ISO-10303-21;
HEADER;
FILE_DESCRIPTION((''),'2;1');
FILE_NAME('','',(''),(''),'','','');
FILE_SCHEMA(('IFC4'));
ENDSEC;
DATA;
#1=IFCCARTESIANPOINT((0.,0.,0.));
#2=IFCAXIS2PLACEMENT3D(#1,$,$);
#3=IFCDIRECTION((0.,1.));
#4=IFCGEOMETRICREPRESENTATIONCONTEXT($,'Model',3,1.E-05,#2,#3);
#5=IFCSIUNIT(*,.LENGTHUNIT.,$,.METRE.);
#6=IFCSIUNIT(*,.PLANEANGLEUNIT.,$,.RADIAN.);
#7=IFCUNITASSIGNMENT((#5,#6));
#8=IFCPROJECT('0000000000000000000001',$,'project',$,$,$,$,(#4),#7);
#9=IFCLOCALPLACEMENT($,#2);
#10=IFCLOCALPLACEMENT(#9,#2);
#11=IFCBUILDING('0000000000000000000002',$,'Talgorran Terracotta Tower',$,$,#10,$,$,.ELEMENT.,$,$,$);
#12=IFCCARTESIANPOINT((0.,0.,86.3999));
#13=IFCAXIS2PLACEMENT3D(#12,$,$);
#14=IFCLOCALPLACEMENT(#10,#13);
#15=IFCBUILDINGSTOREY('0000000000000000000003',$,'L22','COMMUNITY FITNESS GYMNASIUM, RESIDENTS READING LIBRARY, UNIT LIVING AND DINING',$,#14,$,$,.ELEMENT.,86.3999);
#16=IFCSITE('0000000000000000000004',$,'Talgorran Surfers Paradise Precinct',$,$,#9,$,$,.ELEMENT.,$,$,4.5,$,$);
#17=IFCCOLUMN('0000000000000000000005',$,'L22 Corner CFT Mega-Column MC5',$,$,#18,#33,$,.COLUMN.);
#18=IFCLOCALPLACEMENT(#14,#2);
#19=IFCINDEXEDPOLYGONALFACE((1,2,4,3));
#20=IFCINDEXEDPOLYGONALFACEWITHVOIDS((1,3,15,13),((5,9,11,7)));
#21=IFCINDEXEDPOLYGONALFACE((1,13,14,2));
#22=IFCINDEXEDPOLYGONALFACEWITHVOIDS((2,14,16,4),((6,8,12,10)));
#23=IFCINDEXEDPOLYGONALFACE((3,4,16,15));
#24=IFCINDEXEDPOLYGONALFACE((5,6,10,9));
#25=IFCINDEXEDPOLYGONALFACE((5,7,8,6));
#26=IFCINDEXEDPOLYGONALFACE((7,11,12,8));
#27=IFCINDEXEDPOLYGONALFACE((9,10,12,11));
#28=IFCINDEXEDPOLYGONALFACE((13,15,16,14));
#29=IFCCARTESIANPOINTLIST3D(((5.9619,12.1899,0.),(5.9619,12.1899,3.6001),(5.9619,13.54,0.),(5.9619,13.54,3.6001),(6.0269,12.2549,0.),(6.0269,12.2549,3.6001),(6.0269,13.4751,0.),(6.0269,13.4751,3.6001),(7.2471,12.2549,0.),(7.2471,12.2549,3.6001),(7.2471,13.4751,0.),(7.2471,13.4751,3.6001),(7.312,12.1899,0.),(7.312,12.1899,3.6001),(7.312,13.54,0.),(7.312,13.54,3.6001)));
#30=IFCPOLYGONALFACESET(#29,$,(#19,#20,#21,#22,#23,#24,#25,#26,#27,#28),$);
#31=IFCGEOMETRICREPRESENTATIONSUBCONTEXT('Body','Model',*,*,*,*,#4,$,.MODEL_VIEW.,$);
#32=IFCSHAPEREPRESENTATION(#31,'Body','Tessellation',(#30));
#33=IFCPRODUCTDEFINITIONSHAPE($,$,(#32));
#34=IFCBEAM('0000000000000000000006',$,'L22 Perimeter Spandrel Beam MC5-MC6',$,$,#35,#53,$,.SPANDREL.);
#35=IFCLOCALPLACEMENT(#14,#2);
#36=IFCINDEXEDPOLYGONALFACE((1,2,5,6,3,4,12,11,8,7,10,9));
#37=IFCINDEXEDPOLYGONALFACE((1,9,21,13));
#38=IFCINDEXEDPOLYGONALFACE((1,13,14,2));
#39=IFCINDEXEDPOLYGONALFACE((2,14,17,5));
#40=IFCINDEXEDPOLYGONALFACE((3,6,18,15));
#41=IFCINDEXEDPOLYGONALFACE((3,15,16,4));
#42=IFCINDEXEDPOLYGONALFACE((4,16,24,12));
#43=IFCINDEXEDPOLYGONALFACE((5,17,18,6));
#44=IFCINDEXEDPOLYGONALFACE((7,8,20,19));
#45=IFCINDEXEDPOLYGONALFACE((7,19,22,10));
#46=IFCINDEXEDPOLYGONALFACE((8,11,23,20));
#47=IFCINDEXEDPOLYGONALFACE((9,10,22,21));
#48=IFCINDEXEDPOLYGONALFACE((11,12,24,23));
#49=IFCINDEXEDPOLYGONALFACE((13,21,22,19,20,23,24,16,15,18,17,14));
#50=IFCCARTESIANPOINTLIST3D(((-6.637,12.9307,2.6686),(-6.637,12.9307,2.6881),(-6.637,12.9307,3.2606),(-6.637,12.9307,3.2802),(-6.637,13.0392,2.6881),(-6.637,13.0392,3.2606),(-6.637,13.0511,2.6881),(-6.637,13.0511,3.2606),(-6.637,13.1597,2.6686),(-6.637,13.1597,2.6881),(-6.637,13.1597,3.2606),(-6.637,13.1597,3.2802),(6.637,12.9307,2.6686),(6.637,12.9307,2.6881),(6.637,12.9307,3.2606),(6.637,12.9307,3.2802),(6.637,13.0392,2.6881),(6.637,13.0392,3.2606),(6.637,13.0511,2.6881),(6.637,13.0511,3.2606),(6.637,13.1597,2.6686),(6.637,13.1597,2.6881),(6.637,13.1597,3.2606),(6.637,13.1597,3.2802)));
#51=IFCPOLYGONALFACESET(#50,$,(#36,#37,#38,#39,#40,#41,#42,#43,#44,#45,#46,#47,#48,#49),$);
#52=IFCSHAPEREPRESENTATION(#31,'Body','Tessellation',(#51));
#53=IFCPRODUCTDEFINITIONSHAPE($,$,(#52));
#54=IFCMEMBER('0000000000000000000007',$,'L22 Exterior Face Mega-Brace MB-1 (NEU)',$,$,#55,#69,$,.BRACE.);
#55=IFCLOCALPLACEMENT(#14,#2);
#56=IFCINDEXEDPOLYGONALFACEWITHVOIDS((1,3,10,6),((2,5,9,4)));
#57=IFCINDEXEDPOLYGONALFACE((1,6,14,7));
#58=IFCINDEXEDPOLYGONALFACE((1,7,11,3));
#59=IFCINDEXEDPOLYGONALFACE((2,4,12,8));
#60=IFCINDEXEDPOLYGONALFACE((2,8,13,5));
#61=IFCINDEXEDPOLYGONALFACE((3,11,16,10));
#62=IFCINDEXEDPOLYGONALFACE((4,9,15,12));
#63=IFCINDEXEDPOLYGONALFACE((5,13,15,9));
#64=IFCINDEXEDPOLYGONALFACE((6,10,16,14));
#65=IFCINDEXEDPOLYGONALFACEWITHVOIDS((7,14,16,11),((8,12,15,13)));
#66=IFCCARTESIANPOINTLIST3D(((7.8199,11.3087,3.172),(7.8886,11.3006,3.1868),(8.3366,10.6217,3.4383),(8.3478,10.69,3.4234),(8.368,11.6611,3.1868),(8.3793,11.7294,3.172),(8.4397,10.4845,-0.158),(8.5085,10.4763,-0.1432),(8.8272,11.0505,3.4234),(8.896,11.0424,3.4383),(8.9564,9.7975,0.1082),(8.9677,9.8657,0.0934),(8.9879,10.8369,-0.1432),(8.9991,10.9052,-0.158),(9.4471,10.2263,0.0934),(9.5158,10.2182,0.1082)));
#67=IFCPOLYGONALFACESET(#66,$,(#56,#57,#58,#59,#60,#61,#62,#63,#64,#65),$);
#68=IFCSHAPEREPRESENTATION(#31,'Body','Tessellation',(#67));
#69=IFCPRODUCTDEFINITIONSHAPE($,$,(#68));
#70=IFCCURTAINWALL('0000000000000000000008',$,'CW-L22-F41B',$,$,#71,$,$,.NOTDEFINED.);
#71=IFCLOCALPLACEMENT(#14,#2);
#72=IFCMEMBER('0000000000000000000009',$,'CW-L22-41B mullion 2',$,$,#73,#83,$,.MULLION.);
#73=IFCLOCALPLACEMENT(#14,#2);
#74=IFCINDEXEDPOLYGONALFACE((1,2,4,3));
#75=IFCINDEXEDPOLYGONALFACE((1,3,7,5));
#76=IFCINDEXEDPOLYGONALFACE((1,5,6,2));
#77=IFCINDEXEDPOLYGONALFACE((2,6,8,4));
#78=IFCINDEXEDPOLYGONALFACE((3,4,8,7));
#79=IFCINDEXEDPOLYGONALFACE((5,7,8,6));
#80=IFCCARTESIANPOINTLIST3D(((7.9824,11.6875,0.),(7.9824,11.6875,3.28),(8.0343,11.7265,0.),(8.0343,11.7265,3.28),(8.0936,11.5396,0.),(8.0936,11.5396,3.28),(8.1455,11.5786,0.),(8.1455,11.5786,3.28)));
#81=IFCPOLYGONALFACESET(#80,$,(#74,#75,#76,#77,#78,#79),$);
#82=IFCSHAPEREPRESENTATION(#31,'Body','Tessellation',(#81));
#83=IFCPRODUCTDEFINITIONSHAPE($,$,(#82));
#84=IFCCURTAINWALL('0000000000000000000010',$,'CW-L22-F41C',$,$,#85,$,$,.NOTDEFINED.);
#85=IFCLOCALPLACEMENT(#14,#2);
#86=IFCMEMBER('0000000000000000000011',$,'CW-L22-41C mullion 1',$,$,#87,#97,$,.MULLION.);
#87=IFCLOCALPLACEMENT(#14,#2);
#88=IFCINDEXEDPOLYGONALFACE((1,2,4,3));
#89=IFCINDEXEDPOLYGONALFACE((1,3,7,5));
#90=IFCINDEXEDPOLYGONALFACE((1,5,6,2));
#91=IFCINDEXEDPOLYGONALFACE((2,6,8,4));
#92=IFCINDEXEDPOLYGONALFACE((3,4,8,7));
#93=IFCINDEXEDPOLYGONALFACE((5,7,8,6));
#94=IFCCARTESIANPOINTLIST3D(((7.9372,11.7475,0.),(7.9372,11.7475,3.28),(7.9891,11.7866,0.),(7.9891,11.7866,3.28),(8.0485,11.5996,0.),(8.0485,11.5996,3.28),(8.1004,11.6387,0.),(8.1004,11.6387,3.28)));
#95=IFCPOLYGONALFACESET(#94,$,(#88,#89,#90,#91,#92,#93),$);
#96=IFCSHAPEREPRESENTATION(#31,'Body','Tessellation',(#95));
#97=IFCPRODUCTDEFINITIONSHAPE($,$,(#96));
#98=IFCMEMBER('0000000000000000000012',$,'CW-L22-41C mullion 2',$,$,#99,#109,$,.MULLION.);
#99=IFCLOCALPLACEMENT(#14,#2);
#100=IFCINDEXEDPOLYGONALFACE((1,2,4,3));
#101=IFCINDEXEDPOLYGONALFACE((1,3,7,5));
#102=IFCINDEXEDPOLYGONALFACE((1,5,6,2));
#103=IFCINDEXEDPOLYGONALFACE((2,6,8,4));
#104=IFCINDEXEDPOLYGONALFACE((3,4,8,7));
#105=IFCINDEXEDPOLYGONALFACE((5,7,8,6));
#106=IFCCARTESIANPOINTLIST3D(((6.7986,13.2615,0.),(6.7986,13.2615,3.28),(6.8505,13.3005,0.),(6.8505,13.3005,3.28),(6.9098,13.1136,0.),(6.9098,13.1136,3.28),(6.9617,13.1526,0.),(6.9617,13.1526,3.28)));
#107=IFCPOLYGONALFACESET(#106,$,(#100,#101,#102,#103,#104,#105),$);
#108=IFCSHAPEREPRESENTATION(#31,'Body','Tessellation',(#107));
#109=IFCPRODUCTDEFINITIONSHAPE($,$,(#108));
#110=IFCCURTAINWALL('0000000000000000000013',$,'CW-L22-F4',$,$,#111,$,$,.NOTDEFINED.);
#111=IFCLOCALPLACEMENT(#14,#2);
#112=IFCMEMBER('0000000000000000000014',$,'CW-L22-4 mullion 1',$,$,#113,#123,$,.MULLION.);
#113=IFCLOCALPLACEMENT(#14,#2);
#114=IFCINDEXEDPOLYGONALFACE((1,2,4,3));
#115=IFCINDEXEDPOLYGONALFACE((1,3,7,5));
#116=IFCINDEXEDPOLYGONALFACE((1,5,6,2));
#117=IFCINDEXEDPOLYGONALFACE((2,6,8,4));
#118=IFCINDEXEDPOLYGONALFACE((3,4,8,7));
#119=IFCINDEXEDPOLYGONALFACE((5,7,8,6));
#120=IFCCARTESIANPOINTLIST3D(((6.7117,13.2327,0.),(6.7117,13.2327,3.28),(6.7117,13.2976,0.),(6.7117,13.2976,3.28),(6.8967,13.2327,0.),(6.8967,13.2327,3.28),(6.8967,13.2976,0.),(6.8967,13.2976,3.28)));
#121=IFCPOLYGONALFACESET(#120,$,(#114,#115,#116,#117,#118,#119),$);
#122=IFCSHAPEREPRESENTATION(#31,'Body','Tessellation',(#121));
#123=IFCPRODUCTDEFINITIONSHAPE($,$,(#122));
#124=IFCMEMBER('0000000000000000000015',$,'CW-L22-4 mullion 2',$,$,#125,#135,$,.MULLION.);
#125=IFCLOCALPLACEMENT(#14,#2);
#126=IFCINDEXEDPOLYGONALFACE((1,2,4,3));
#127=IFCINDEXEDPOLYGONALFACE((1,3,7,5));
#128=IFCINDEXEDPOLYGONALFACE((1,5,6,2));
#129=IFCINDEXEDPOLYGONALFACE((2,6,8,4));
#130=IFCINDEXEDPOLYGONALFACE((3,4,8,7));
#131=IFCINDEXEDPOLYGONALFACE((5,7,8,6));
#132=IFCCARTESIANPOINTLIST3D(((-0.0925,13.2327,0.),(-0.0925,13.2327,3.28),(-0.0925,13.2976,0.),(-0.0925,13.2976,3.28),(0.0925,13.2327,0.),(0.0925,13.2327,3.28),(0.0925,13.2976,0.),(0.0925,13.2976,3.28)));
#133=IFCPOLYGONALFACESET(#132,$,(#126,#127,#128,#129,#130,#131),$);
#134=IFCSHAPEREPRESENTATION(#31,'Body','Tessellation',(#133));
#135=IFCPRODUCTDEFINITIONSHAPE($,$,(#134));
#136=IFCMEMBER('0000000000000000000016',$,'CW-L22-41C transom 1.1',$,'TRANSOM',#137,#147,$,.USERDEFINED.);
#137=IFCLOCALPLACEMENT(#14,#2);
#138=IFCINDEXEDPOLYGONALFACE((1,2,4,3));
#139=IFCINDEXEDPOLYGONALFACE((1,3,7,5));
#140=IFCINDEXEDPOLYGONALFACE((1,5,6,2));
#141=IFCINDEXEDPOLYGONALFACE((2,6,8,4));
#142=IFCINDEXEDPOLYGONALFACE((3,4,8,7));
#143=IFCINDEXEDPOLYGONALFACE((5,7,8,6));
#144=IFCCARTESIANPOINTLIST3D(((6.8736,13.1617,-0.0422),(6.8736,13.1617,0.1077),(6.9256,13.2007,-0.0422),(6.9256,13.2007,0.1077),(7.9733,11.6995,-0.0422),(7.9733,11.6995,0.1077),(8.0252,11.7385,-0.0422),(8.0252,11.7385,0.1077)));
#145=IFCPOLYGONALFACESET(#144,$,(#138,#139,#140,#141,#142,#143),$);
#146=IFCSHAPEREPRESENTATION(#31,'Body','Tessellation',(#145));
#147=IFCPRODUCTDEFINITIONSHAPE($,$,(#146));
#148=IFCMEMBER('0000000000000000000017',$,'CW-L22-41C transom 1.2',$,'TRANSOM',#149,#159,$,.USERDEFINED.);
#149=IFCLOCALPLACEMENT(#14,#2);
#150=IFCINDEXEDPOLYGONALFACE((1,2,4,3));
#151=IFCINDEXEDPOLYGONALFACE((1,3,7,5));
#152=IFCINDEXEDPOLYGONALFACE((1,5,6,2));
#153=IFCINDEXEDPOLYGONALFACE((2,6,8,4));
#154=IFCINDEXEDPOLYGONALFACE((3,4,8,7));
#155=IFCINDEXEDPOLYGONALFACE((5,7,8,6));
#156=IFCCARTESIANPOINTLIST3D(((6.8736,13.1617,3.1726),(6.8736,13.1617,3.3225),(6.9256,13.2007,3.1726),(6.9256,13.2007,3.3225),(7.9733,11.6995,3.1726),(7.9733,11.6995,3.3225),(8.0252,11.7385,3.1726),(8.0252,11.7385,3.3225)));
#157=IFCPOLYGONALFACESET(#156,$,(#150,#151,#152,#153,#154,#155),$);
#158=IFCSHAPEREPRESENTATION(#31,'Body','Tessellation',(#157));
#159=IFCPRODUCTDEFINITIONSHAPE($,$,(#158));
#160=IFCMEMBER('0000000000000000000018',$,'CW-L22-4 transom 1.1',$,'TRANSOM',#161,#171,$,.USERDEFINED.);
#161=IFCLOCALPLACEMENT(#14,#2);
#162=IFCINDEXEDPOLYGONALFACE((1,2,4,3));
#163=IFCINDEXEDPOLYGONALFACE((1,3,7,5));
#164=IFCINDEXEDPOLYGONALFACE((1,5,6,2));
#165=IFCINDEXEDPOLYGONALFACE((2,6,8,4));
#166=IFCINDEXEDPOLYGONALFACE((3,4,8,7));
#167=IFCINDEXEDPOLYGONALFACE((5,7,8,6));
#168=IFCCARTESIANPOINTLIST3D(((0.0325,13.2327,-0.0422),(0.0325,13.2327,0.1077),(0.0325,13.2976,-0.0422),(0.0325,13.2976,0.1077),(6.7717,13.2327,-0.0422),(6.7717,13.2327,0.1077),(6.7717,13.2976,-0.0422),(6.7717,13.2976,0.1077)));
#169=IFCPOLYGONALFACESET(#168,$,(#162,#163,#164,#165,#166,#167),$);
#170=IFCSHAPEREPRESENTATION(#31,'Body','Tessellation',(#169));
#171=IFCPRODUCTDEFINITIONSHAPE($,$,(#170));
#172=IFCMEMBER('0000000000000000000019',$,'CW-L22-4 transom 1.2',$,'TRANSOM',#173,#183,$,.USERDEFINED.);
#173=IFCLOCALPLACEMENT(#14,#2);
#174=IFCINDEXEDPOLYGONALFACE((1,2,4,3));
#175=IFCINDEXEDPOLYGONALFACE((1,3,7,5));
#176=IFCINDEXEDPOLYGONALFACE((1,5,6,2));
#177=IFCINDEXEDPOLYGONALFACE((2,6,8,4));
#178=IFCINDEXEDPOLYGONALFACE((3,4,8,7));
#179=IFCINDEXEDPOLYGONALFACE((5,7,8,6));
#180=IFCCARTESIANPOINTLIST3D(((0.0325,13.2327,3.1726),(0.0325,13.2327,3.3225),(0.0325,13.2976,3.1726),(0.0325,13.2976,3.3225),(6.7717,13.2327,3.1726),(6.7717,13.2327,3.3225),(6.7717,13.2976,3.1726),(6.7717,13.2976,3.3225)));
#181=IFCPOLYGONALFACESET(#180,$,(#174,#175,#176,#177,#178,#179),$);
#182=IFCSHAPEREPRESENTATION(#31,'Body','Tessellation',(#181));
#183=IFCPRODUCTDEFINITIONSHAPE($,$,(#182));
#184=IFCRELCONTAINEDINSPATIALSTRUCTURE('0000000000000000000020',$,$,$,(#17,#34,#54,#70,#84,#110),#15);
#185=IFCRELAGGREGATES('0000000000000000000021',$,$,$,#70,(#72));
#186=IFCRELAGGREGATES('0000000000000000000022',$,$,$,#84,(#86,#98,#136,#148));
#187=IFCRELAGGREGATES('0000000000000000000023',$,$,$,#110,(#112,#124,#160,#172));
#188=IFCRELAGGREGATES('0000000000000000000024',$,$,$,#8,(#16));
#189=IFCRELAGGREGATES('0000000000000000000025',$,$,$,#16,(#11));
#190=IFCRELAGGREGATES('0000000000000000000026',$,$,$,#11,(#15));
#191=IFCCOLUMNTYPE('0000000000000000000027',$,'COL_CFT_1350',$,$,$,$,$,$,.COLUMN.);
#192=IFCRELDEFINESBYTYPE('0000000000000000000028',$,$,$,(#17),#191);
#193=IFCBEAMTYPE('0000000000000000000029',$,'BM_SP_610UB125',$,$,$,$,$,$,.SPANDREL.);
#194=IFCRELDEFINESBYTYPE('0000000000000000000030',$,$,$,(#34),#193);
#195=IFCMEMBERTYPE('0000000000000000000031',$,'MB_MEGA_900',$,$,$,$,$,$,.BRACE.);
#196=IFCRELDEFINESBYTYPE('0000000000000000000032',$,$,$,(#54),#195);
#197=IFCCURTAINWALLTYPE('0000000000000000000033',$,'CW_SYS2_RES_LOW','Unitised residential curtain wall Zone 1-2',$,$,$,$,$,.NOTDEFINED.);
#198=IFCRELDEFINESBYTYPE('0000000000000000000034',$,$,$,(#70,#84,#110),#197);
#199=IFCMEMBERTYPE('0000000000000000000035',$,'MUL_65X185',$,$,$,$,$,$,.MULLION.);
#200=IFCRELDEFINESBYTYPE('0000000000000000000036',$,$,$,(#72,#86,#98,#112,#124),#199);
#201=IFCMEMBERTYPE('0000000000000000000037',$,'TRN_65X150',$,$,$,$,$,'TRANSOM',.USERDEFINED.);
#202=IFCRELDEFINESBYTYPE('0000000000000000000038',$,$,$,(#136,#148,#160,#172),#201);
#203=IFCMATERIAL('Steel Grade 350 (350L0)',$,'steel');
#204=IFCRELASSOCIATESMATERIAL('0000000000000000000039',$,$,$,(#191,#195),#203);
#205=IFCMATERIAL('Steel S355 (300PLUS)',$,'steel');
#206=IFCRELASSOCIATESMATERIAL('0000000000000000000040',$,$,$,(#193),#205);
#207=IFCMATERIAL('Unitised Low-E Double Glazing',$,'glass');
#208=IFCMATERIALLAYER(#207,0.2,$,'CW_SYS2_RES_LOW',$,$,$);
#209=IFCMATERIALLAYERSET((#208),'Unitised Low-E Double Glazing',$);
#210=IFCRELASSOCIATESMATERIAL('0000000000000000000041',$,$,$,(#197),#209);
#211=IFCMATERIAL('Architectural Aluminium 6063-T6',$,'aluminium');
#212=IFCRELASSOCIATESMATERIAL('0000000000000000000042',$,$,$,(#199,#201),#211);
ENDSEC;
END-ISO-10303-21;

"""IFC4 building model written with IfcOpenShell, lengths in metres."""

from ifc_helpers import new_model, si_unit, direction, frame, origin, origin_2d, place, context, subcontext, project, spatial, rectangle, hollow_rectangle, i_section, extrude, material, layer, layer_set, material_profile, profile_set, type_object, element, aggregate, save


model = new_model("IFC4")

# Units and contexts
model_context = context("Model", 3, precision=1e-05, world=origin(), true_north=direction((0.0, 1.0)))
body_context = subcontext(model_context, "Body", "Model", "MODEL_VIEW")
ifc_project = project(units=[si_unit("LENGTHUNIT", "METRE"), si_unit("PLANEANGLEUNIT", "RADIAN")], contexts=[model_context])

# Site, building, storey
site_placement = place(None, origin())
site = spatial("IfcSite", under=ifc_project, at=site_placement, Name="Talgorran Surfers Paradise Precinct", CompositionType="ELEMENT", RefElevation=4.5)
building_placement = place(site_placement, origin())
building = spatial("IfcBuilding", under=site, at=building_placement, Name="Talgorran Terracotta Tower", CompositionType="ELEMENT")
storey_placement = place(building_placement, frame((0.0, 0.0, 86.3999)))
storey = spatial("IfcBuildingStorey", under=building, at=storey_placement, Name="L22", Description="COMMUNITY FITNESS GYMNASIUM, RESIDENTS READING LIBRARY, UNIT LIVING AND DINING", CompositionType="ELEMENT", Elevation=86.3999)

# Column
ifc_material_1 = material(Name="Steel Grade 350 (350L0)", Category="steel")
ifc_material_profile_1 = material_profile(ifc_material_1, hollow_rectangle(XDim=1.3501, YDim=1.3501, WallThickness=0.0649, at=origin_2d()), Name="CFT1350X1350X65")
ifc_profile_set_1 = profile_set([ifc_material_profile_1], Name="Steel Grade 350 (350L0)")
column_type = type_object("IfcColumnType", Name="COL_CFT_1350", PredefinedType="COLUMN", material=ifc_profile_set_1)
column_placement = place(storey_placement, frame((6.637, 12.865, 0.0), z_axis=(0.0, 0.0, 1.0), x_axis=(1.0, 0.0, 0.0)))
element("IfcColumn", 1, at=column_placement, inside=storey, type_object=column_type, Name="L22 Corner CFT Mega-Column MC5", PredefinedType="COLUMN", context=body_context, shape_type="SweptSolid", body=[
    extrude(hollow_rectangle(XDim=1.3501, YDim=1.3501, WallThickness=0.0649, at=origin_2d()), origin(), (0.0, 0.0, 1.0), 3.6001),
])

# Beam
ifc_material_2 = material(Name="Steel S355 (300PLUS)", Category="steel")
ifc_material_profile_2 = material_profile(ifc_material_2, i_section(OverallWidth=0.229, OverallDepth=0.6116, WebThickness=0.012, FlangeThickness=0.0195, at=origin_2d()), Name="610UB125")
ifc_profile_set_2 = profile_set([ifc_material_profile_2], Name="Steel S355 (300PLUS)")
beam_type = type_object("IfcBeamType", Name="BM_SP_610UB125", PredefinedType="SPANDREL", material=ifc_profile_set_2)
beam_placement = place(storey_placement, frame((6.637, 13.0452, 2.9744), z_axis=(-1.0, 0.0, 0.0), x_axis=(0.0, -1.0, 0.0)))
element("IfcBeam", 2, at=beam_placement, inside=storey, type_object=beam_type, Name="L22 Perimeter Spandrel Beam MC5-MC6", PredefinedType="SPANDREL", context=body_context, shape_type="SweptSolid", body=[
    extrude(i_section(OverallWidth=0.229, OverallDepth=0.6116, WebThickness=0.012, FlangeThickness=0.0195, at=origin_2d()), origin(), (0.0, 0.0, 1.0), 13.2739),
])

# Member
ifc_material_profile_3 = material_profile(ifc_material_1, hollow_rectangle(XDim=0.7, YDim=0.8999, WallThickness=0.05, at=origin_2d()), Name="WBOX900X700X50")
ifc_profile_set_3 = profile_set([ifc_material_profile_3], Name="Steel Grade 350 (350L0)")
member_type_1 = type_object("IfcMemberType", Name="MB_MEGA_900", PredefinedType="BRACE", material=ifc_profile_set_3)
member_1_placement = place(storey_placement, frame((8.9778, 10.3513, -0.0249), z_axis=(-0.177812, 0.236429, 0.95524), x_axis=(-0.799204, -0.60106, 0.0)))
element("IfcMember", 3, at=member_1_placement, inside=storey, type_object=member_type_1, Name="L22 Exterior Face Mega-Brace MB-1 (NEU)", PredefinedType="BRACE", context=body_context, shape_type="SweptSolid", body=[
    extrude(hollow_rectangle(XDim=0.7, YDim=0.8999, WallThickness=0.05, at=origin_2d()), origin(), (0.0, 0.0, 1.0), 3.4861),
])

# Curtain wall, member
ifc_material_3 = material(Name="Unitised Low-E Double Glazing", Category="glass")
ifc_layer_1 = layer(ifc_material_3, 0.2, Name="CW_SYS2_RES_LOW")
ifc_layer_set_1 = layer_set([ifc_layer_1], Name="Unitised Low-E Double Glazing")
curtain_wall_type = type_object("IfcCurtainWallType", Name="CW_SYS2_RES_LOW", Description="Unitised residential curtain wall Zone 1-2", PredefinedType="NOTDEFINED", material=ifc_layer_set_1)
curtain_wall_1_placement = place(storey_placement, origin())
curtain_wall_1 = element("IfcCurtainWall", 4, at=curtain_wall_1_placement, inside=storey, type_object=curtain_wall_type, Name="CW-L22-F41B", PredefinedType="NOTDEFINED")
ifc_material_4 = material(Name="Architectural Aluminium 6063-T6", Category="aluminium")
ifc_material_profile_4 = material_profile(ifc_material_4, rectangle(XDim=0.0649, YDim=0.1851, at=origin_2d()), Name="CWM65X185")
ifc_profile_set_4 = profile_set([ifc_material_profile_4], Name="Architectural Aluminium 6063-T6")
member_type_2 = type_object("IfcMemberType", Name="MUL_65X185", PredefinedType="MULLION", material=ifc_profile_set_4)
member_2_placement = place(storey_placement, frame((8.064, 11.6331, 0.0), z_axis=(0.0, 0.0, 1.0), x_axis=(-0.799191, -0.601078, 0.0)))
member_2 = element("IfcMember", 5, at=member_2_placement, type_object=member_type_2, Name="CW-L22-41B mullion 2", PredefinedType="MULLION", context=body_context, shape_type="SweptSolid", body=[
    extrude(rectangle(XDim=0.0649, YDim=0.1851, at=origin_2d()), origin(), (0.0, 0.0, 1.0), 3.28),
])

# Curtain walls, members
curtain_wall_2_placement = place(storey_placement, origin())
curtain_wall_2 = element("IfcCurtainWall", 6, at=curtain_wall_2_placement, inside=storey, type_object=curtain_wall_type, Name="CW-L22-F41C", PredefinedType="NOTDEFINED")
member_3_placement = place(storey_placement, frame((8.0188, 11.6931, 0.0), z_axis=(0.0, 0.0, 1.0), x_axis=(-0.799215, -0.601045, 0.0)))
member_3 = element("IfcMember", 7, at=member_3_placement, type_object=member_type_2, Name="CW-L22-41C mullion 1", PredefinedType="MULLION", context=body_context, shape_type="SweptSolid", body=[
    extrude(rectangle(XDim=0.0649, YDim=0.1851, at=origin_2d()), origin(), (0.0, 0.0, 1.0), 3.28),
])
member_4_placement = place(storey_placement, frame((6.8801, 13.207, 0.0), z_axis=(0.0, 0.0, 1.0), x_axis=(-0.799215, -0.601045, 0.0)))
member_4 = element("IfcMember", 8, at=member_4_placement, type_object=member_type_2, Name="CW-L22-41C mullion 2", PredefinedType="MULLION", context=body_context, shape_type="SweptSolid", body=[
    extrude(rectangle(XDim=0.0649, YDim=0.1851, at=origin_2d()), origin(), (0.0, 0.0, 1.0), 3.28),
])
curtain_wall_3_placement = place(storey_placement, origin())
curtain_wall_3 = element("IfcCurtainWall", 9, at=curtain_wall_3_placement, inside=storey, type_object=curtain_wall_type, Name="CW-L22-F4", PredefinedType="NOTDEFINED")
member_5_placement = place(storey_placement, frame((6.8042, 13.2651, 0.0), z_axis=(0.0, 0.0, 1.0), x_axis=(0.0, -1.0, 0.0)))
member_5 = element("IfcMember", 10, at=member_5_placement, type_object=member_type_2, Name="CW-L22-4 mullion 1", PredefinedType="MULLION", context=body_context, shape_type="SweptSolid", body=[
    extrude(rectangle(XDim=0.0649, YDim=0.1851, at=origin_2d()), origin(), (0.0, 0.0, 1.0), 3.28),
])
member_6_placement = place(storey_placement, frame((0.0, 13.2651, 0.0), z_axis=(0.0, 0.0, 1.0), x_axis=(0.0, -1.0, 0.0)))
member_6 = element("IfcMember", 11, at=member_6_placement, type_object=member_type_2, Name="CW-L22-4 mullion 2", PredefinedType="MULLION", context=body_context, shape_type="SweptSolid", body=[
    extrude(rectangle(XDim=0.0649, YDim=0.1851, at=origin_2d()), origin(), (0.0, 0.0, 1.0), 3.28),
])

# Members
ifc_material_profile_5 = material_profile(ifc_material_4, rectangle(XDim=0.0649, YDim=0.1499, at=origin_2d()), Name="CWT65X150")
ifc_profile_set_5 = profile_set([ifc_material_profile_5], Name="Architectural Aluminium 6063-T6")
member_type_3 = type_object("IfcMemberType", Name="TRN_65X150", ElementType="TRANSOM", PredefinedType="USERDEFINED", material=ifc_profile_set_5)
member_7_placement = place(storey_placement, frame((7.9993, 11.719, 0.0327), z_axis=(-0.601046, 0.799215, 0.0), x_axis=(-0.799215, -0.601046, 0.0)))
member_7 = element("IfcMember", 12, at=member_7_placement, type_object=member_type_3, Name="CW-L22-41C transom 1.1", ObjectType="TRANSOM", PredefinedType="USERDEFINED", context=body_context, shape_type="SweptSolid", body=[
    extrude(rectangle(XDim=0.0649, YDim=0.1499, at=origin_2d()), origin(), (0.0, 0.0, 1.0), 1.8296),
])
member_8_placement = place(storey_placement, frame((7.9993, 11.719, 3.2476), z_axis=(-0.601046, 0.799215, 0.0), x_axis=(-0.799215, -0.601046, 0.0)))
member_8 = element("IfcMember", 13, at=member_8_placement, type_object=member_type_3, Name="CW-L22-41C transom 1.2", ObjectType="TRANSOM", PredefinedType="USERDEFINED", context=body_context, shape_type="SweptSolid", body=[
    extrude(rectangle(XDim=0.0649, YDim=0.1499, at=origin_2d()), origin(), (0.0, 0.0, 1.0), 1.8296),
])
member_9_placement = place(storey_placement, frame((6.7717, 13.2651, 0.0327), z_axis=(-1.0, 0.0, 0.0), x_axis=(0.0, -1.0, 0.0)))
member_9 = element("IfcMember", 14, at=member_9_placement, type_object=member_type_3, Name="CW-L22-4 transom 1.1", ObjectType="TRANSOM", PredefinedType="USERDEFINED", context=body_context, shape_type="SweptSolid", body=[
    extrude(rectangle(XDim=0.0649, YDim=0.1499, at=origin_2d()), origin(), (0.0, 0.0, 1.0), 6.7393),
])
member_10_placement = place(storey_placement, frame((6.7717, 13.2651, 3.2476), z_axis=(-1.0, 0.0, 0.0), x_axis=(0.0, -1.0, 0.0)))
member_10 = element("IfcMember", 15, at=member_10_placement, type_object=member_type_3, Name="CW-L22-4 transom 1.2", ObjectType="TRANSOM", PredefinedType="USERDEFINED", context=body_context, shape_type="SweptSolid", body=[
    extrude(rectangle(XDim=0.0649, YDim=0.1499, at=origin_2d()), origin(), (0.0, 0.0, 1.0), 6.7393),
])

aggregate(curtain_wall_1, [member_2])
aggregate(curtain_wall_2, [member_3, member_4, member_7, member_8])
aggregate(curtain_wall_3, [member_5, member_6, member_9, member_10])

save(model, "model.ifc")
